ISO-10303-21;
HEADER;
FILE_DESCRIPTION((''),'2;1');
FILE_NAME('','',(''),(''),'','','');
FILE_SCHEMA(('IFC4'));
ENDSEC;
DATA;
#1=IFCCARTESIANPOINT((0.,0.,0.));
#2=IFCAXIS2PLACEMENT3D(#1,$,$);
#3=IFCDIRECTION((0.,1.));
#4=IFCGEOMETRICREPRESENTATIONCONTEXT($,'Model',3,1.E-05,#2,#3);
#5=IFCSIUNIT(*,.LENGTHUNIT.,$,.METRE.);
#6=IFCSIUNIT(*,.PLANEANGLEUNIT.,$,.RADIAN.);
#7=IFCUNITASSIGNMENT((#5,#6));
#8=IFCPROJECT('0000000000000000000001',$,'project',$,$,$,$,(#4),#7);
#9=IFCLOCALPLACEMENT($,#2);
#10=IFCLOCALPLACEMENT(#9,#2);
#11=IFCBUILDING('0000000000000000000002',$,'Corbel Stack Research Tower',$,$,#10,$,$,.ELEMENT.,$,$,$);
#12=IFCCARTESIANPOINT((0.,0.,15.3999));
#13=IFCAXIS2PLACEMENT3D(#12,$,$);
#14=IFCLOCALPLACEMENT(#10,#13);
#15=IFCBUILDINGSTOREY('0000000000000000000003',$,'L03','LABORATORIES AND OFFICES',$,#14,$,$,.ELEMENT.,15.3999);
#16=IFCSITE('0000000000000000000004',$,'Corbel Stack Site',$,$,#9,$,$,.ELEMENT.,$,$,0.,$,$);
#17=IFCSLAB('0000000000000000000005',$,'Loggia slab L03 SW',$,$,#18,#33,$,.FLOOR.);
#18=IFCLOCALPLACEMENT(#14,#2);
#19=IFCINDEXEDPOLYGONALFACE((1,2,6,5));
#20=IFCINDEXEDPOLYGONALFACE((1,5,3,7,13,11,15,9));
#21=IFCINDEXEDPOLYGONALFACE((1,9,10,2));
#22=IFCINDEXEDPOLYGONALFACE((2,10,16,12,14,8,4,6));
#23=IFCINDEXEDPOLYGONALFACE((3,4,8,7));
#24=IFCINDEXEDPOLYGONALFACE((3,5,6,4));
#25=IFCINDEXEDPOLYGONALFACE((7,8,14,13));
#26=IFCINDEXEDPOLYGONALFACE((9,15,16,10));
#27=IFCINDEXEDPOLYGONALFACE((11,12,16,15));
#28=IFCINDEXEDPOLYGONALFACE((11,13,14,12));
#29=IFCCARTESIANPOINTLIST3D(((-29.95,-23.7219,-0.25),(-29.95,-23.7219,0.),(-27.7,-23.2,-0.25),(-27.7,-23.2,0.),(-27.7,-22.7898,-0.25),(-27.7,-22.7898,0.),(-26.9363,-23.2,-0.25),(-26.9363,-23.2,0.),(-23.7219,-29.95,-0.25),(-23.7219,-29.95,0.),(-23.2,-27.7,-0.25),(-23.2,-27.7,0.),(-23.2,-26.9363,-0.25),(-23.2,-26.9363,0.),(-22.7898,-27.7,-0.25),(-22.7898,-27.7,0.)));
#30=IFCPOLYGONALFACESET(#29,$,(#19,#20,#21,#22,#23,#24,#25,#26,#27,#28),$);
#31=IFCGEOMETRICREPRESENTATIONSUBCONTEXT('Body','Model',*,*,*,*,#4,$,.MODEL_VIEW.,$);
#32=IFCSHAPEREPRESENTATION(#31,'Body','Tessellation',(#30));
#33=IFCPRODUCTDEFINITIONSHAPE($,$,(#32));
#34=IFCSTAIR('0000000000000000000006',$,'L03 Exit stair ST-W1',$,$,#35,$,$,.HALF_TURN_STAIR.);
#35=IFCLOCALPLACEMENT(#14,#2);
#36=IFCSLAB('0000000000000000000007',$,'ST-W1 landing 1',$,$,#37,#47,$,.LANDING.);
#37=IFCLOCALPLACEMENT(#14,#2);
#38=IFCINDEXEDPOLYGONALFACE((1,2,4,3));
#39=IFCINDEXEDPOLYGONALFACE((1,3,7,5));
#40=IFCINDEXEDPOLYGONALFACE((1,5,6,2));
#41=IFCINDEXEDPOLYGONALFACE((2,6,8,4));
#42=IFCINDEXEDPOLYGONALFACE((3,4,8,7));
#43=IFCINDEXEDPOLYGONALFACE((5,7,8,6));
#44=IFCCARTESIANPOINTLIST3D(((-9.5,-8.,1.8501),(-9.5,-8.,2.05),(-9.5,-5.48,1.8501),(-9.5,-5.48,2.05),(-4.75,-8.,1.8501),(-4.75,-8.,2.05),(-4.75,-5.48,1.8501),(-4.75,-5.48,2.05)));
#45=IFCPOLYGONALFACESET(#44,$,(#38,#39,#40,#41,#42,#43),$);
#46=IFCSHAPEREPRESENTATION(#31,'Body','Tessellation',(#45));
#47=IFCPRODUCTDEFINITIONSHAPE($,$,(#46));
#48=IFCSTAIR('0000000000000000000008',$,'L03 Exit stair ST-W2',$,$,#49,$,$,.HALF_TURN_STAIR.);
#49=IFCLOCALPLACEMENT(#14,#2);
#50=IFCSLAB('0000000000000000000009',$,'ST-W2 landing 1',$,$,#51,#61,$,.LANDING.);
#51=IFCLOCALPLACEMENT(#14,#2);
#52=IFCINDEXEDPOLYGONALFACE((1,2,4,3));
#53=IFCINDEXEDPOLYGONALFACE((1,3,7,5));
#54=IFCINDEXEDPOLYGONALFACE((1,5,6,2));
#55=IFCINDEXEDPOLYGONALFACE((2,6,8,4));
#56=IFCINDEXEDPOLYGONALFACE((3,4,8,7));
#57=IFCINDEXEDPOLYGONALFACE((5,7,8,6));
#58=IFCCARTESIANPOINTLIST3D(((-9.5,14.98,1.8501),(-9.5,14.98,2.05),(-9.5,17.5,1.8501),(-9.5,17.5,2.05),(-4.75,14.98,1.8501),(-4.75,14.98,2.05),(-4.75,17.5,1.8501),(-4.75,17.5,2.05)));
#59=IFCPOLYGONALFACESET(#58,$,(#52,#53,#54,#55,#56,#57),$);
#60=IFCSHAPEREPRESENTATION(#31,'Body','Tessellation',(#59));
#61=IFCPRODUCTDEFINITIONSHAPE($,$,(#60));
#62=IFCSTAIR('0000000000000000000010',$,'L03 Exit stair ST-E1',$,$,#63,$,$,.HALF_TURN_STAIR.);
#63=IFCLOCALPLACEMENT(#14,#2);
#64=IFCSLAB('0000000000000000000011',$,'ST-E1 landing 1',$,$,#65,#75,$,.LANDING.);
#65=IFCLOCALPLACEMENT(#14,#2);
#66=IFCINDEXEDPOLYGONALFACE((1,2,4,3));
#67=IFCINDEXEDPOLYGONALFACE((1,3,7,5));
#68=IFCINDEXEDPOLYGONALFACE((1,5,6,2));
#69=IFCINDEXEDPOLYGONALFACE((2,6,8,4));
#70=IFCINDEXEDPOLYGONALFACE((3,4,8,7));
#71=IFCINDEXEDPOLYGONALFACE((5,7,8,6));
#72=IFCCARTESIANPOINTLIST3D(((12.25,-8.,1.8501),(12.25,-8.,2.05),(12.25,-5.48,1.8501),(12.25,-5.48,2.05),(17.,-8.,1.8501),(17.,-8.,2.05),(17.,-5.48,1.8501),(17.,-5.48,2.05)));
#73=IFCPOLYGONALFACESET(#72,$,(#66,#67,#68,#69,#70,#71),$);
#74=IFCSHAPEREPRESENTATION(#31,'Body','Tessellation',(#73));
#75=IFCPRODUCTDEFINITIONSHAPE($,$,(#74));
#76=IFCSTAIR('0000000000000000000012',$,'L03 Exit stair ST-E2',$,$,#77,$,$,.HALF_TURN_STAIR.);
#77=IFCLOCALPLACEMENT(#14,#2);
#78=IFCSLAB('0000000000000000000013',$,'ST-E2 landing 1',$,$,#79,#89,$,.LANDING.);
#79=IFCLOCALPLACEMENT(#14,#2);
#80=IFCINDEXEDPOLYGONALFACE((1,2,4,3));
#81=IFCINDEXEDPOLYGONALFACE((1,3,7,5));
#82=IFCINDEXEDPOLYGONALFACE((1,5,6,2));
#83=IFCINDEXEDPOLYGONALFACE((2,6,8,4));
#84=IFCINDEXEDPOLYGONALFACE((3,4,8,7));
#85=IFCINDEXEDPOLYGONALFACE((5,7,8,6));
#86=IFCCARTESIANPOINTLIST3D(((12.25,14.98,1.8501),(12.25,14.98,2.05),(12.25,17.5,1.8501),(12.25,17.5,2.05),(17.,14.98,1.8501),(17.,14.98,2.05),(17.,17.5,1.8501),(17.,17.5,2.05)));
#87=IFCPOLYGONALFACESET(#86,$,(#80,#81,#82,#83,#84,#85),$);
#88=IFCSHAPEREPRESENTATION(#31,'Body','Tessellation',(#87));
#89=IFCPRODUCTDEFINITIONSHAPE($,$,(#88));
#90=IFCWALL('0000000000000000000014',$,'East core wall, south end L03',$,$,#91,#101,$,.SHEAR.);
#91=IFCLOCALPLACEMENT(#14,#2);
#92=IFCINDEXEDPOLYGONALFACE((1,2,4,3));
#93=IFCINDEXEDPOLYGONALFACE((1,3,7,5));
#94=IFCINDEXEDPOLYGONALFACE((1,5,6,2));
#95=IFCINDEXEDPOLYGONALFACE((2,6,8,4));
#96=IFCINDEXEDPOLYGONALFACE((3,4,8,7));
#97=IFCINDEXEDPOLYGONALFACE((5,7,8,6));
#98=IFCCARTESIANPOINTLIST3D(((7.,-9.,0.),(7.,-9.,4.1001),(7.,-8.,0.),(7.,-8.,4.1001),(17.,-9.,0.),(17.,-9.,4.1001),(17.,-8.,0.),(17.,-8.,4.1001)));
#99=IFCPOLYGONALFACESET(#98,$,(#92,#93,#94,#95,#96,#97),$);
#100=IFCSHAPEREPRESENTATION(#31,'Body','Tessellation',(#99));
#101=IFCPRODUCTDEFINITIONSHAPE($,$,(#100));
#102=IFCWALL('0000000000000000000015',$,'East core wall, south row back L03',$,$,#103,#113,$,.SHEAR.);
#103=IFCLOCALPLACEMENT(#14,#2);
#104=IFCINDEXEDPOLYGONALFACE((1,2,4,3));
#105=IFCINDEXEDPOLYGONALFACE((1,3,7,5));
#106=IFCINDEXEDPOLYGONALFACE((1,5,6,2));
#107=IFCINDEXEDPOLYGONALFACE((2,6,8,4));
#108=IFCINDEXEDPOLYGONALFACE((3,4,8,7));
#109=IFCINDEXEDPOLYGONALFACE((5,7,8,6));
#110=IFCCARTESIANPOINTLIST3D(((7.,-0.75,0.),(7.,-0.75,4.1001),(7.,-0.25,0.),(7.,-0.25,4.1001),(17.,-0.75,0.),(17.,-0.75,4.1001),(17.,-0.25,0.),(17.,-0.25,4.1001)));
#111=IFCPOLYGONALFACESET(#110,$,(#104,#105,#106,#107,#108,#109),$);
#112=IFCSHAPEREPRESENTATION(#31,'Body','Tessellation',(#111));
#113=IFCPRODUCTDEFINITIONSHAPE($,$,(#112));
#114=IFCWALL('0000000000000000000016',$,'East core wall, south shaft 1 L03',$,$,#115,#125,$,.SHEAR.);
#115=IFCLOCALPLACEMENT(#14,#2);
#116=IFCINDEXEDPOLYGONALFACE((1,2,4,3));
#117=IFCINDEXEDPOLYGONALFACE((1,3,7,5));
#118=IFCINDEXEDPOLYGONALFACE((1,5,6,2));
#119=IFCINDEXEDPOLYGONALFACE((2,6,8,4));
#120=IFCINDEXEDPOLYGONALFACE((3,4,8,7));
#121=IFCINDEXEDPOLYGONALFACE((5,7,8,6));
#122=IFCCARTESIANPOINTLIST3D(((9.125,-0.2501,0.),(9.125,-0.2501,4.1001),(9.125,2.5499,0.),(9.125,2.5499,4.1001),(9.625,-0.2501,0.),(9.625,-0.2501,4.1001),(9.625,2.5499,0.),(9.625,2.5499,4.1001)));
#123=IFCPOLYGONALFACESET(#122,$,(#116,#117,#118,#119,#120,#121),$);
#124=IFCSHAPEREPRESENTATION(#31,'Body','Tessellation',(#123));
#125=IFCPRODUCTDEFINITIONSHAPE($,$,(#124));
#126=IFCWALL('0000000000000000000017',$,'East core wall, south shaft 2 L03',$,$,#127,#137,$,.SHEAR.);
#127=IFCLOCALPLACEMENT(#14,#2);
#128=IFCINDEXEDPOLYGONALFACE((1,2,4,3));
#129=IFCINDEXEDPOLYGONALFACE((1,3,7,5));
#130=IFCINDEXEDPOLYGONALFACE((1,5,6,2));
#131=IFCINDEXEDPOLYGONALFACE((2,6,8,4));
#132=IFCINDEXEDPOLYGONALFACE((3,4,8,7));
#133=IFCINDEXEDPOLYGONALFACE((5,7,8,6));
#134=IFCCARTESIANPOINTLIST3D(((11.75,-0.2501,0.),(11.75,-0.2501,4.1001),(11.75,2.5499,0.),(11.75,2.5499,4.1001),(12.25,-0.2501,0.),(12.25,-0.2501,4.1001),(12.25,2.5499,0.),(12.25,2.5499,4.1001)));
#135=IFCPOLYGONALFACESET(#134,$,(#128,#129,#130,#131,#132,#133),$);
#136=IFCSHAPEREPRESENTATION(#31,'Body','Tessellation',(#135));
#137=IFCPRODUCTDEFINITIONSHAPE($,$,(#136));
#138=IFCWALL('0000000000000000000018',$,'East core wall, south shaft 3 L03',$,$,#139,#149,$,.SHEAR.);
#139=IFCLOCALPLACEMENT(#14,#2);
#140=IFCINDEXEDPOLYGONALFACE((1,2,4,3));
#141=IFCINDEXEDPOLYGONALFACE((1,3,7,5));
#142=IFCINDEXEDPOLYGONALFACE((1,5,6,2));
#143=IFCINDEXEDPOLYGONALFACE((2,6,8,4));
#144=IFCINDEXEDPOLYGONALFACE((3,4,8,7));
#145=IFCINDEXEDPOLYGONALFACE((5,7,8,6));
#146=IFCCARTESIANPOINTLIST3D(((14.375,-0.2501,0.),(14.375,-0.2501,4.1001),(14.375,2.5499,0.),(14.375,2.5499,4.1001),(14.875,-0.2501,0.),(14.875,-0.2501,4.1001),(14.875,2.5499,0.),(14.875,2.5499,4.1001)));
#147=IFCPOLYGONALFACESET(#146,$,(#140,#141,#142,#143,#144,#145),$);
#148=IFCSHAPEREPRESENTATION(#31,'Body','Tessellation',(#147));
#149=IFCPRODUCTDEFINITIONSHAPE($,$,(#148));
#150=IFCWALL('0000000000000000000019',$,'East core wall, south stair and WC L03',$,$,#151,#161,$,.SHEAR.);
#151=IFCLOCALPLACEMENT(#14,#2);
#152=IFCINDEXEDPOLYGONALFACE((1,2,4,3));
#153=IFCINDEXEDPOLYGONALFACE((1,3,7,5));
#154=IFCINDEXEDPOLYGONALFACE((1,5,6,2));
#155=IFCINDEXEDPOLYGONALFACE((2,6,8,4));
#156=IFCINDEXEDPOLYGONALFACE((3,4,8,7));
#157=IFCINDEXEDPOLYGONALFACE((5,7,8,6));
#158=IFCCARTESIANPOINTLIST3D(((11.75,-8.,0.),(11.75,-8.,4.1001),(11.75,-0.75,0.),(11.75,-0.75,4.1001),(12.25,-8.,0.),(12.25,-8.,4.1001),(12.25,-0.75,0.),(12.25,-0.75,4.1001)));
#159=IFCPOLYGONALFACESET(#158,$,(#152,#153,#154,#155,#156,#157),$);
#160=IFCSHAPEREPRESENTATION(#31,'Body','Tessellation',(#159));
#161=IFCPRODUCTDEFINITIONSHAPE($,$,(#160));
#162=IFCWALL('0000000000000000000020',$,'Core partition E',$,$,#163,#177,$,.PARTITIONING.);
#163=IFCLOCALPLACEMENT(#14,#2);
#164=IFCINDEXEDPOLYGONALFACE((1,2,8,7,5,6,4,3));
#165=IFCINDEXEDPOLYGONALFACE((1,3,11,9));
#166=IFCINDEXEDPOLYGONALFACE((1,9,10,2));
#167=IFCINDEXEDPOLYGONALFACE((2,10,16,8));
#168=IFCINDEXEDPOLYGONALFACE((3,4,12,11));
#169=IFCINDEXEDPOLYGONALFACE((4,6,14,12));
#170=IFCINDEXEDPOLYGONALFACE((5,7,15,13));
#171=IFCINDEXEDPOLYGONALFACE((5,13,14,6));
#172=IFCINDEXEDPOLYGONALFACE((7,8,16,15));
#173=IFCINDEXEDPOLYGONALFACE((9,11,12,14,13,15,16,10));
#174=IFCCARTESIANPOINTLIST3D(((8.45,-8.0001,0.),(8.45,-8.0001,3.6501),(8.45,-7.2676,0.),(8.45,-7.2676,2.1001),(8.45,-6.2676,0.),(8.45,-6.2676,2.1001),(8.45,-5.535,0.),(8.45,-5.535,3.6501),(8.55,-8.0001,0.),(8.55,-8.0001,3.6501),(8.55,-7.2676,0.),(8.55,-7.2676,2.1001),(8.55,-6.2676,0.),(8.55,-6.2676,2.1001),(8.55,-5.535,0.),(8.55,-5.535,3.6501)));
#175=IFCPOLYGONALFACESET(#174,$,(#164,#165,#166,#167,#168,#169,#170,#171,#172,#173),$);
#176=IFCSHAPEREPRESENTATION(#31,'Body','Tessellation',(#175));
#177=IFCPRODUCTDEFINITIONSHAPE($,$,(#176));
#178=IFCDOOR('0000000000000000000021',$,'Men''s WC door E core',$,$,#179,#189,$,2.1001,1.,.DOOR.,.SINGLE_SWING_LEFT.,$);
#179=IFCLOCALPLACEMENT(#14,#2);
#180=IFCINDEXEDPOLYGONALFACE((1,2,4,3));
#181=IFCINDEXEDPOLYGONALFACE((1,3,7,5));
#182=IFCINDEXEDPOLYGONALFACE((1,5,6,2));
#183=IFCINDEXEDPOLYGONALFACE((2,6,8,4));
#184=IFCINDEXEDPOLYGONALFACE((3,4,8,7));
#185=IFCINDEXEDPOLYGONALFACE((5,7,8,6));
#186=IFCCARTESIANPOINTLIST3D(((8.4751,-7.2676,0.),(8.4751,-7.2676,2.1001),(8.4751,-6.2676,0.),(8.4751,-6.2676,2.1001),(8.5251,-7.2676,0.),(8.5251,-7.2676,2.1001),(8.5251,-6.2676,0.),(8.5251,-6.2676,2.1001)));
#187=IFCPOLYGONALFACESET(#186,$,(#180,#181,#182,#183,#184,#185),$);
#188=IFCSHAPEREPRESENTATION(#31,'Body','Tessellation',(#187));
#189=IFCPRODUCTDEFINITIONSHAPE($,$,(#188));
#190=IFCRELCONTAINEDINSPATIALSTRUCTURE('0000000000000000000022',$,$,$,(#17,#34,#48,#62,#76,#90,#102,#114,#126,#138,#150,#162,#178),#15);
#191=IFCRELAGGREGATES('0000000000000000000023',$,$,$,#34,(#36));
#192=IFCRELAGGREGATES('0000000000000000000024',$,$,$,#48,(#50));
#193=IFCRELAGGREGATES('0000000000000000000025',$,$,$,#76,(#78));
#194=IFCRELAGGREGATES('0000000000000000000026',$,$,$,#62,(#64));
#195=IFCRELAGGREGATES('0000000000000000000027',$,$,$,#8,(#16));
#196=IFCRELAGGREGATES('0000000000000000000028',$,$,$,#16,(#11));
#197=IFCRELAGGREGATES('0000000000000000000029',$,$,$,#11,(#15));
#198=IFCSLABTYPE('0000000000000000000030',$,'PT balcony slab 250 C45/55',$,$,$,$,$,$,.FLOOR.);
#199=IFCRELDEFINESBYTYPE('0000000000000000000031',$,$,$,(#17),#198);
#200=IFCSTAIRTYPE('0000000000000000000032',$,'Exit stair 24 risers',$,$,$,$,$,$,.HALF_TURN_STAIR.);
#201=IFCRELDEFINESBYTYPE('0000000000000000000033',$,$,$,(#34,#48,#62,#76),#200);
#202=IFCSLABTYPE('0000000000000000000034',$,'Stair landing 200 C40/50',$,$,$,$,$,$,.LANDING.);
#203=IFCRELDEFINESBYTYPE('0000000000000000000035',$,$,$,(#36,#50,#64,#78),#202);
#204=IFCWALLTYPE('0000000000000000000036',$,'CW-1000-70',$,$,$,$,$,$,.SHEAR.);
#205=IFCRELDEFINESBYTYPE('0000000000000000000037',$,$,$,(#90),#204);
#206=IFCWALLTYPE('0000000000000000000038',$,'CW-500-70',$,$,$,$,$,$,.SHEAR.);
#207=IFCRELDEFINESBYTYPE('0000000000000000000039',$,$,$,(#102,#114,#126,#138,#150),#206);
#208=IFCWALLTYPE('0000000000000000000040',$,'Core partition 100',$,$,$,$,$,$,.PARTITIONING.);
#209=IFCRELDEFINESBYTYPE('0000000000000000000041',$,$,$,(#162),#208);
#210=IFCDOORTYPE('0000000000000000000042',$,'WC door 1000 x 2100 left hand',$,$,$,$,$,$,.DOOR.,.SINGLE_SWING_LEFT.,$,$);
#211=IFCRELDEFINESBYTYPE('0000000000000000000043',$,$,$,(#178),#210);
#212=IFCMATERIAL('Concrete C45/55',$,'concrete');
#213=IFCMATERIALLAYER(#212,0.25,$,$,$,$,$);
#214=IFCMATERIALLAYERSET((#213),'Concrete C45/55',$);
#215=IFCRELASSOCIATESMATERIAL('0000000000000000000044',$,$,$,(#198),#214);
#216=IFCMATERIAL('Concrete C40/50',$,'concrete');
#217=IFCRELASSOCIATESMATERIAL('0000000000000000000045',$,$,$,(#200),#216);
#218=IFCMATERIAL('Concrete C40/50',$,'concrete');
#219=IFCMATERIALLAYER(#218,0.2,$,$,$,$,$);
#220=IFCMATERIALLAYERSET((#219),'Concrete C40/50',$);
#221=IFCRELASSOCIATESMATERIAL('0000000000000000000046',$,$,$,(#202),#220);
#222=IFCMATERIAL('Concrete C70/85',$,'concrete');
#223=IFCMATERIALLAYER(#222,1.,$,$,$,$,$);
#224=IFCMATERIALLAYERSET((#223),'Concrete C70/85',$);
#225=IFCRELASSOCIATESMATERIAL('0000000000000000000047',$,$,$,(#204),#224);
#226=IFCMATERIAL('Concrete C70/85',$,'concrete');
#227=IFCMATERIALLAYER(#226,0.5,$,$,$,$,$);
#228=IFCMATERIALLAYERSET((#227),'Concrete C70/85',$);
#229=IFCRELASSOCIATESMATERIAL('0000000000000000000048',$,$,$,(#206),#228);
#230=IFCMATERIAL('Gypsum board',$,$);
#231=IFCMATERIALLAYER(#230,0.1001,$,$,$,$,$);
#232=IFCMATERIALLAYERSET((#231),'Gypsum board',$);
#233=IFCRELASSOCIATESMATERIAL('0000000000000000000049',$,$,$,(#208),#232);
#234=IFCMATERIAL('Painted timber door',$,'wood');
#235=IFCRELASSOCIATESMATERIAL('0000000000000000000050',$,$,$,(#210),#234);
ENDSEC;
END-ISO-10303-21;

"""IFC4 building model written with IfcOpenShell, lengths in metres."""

from ifc_helpers import new_model, si_unit, direction, frame, frame_2d, origin, place, context, subcontext, project, spatial, polyline, rectangle, outline, extrude, material, layer, layer_set, type_object, element, fill, aggregate, save


model = new_model("IFC4")

# Units and contexts
model_context = context("Model", 3, precision=1e-05, world=origin(), true_north=direction((0.0, 1.0)))
body_context = subcontext(model_context, "Body", "Model", "MODEL_VIEW")
ifc_project = project(units=[si_unit("LENGTHUNIT", "METRE"), si_unit("PLANEANGLEUNIT", "RADIAN")], contexts=[model_context])

# Site, building, storey
site_placement = place(None, origin())
site = spatial("IfcSite", under=ifc_project, at=site_placement, Name="Corbel Stack Site", CompositionType="ELEMENT", RefElevation=0.0)
building_placement = place(site_placement, origin())
building = spatial("IfcBuilding", under=site, at=building_placement, Name="Corbel Stack Research Tower", CompositionType="ELEMENT")
storey_placement = place(building_placement, frame((0.0, 0.0, 15.3999)))
storey = spatial("IfcBuildingStorey", under=building, at=storey_placement, Name="L03", Description="LABORATORIES AND OFFICES", CompositionType="ELEMENT", Elevation=15.3999)

# Slab
ifc_material_1 = material(Name="Concrete C45/55", Category="concrete")
ifc_layer_1 = layer(ifc_material_1, 0.25)
ifc_layer_set_1 = layer_set([ifc_layer_1], Name="Concrete C45/55")
slab_type_1 = type_object("IfcSlabType", Name="PT balcony slab 250 C45/55", PredefinedType="FLOOR", material=ifc_layer_set_1)
slab_1_placement = place(storey_placement, frame((0.0, 0.0, -0.25)))
element("IfcSlab", 1, at=slab_1_placement, inside=storey, type_object=slab_type_1, Name="Loggia slab L03 SW", PredefinedType="FLOOR", context=body_context, shape_type="SweptSolid", body=[
    extrude(outline(polyline([(-22.7898, -27.7), (-23.2, -27.7), (-23.2, -26.9363), (-26.9363, -23.2), (-27.7, -23.2), (-27.7, -22.7898), (-29.95, -23.7219), (-23.7219, -29.95), (-22.7898, -27.7)])), origin(), (0.0, 0.0, 1.0), 0.25),
])

# Stairs, slabs
ifc_material_2 = material(Name="Concrete C40/50", Category="concrete")
stair_type = type_object("IfcStairType", Name="Exit stair 24 risers", PredefinedType="HALF_TURN_STAIR", material=ifc_material_2)
stair_1_placement = place(storey_placement, origin())
stair_1 = element("IfcStair", 2, at=stair_1_placement, inside=storey, type_object=stair_type, Name="L03 Exit stair ST-W1", PredefinedType="HALF_TURN_STAIR")
ifc_material_3 = material(Name="Concrete C40/50", Category="concrete")
ifc_layer_2 = layer(ifc_material_3, 0.2)
ifc_layer_set_2 = layer_set([ifc_layer_2], Name="Concrete C40/50")
slab_type_2 = type_object("IfcSlabType", Name="Stair landing 200 C40/50", PredefinedType="LANDING", material=ifc_layer_set_2)
slab_2_placement = place(storey_placement, frame((0.0, 0.0, 1.8501)))
slab_2 = element("IfcSlab", 3, at=slab_2_placement, type_object=slab_type_2, Name="ST-W1 landing 1", PredefinedType="LANDING", context=body_context, shape_type="SweptSolid", body=[
    extrude(outline(polyline([(-9.5, -8.0), (-9.5, -5.48), (-4.75, -5.48), (-4.75, -8.0), (-9.5, -8.0)])), origin(), (0.0, 0.0, 1.0), 0.2),
])
aggregate(stair_1, [slab_2])
stair_2_placement = place(storey_placement, origin())
stair_2 = element("IfcStair", 4, at=stair_2_placement, inside=storey, type_object=stair_type, Name="L03 Exit stair ST-W2", PredefinedType="HALF_TURN_STAIR")
slab_3_placement = place(storey_placement, frame((0.0, 0.0, 1.8501)))
slab_3 = element("IfcSlab", 5, at=slab_3_placement, type_object=slab_type_2, Name="ST-W2 landing 1", PredefinedType="LANDING", context=body_context, shape_type="SweptSolid", body=[
    extrude(outline(polyline([(-9.5, 14.98), (-9.5, 17.5), (-4.75, 17.5), (-4.75, 14.98), (-9.5, 14.98)])), origin(), (0.0, 0.0, 1.0), 0.2),
])
aggregate(stair_2, [slab_3])
stair_3_placement = place(storey_placement, origin())
stair_3 = element("IfcStair", 6, at=stair_3_placement, inside=storey, type_object=stair_type, Name="L03 Exit stair ST-E1", PredefinedType="HALF_TURN_STAIR")
slab_4_placement = place(storey_placement, frame((0.0, 0.0, 1.8501)))
slab_4 = element("IfcSlab", 7, at=slab_4_placement, type_object=slab_type_2, Name="ST-E1 landing 1", PredefinedType="LANDING", context=body_context, shape_type="SweptSolid", body=[
    extrude(outline(polyline([(12.25, -8.0), (12.25, -5.48), (17.0, -5.48), (17.0, -8.0), (12.25, -8.0)])), origin(), (0.0, 0.0, 1.0), 0.2),
])
stair_4_placement = place(storey_placement, origin())
stair_4 = element("IfcStair", 8, at=stair_4_placement, inside=storey, type_object=stair_type, Name="L03 Exit stair ST-E2", PredefinedType="HALF_TURN_STAIR")
slab_5_placement = place(storey_placement, frame((0.0, 0.0, 1.8501)))
slab_5 = element("IfcSlab", 9, at=slab_5_placement, type_object=slab_type_2, Name="ST-E2 landing 1", PredefinedType="LANDING", context=body_context, shape_type="SweptSolid", body=[
    extrude(outline(polyline([(12.25, 14.98), (12.25, 17.5), (17.0, 17.5), (17.0, 14.98), (12.25, 14.98)])), origin(), (0.0, 0.0, 1.0), 0.2),
])
aggregate(stair_4, [slab_5])

# Walls
ifc_material_4 = material(Name="Concrete C70/85", Category="concrete")
ifc_layer_3 = layer(ifc_material_4, 1.0)
ifc_layer_set_3 = layer_set([ifc_layer_3], Name="Concrete C70/85")
wall_type_1 = type_object("IfcWallType", Name="CW-1000-70", PredefinedType="SHEAR", material=ifc_layer_set_3)
wall_1_placement = place(storey_placement, frame((7.0, -8.5, 0.0), z_axis=(0.0, 0.0, 1.0), x_axis=(1.0, 0.0, 0.0)))
element("IfcWall", 10, at=wall_1_placement, inside=storey, type_object=wall_type_1, Name="East core wall, south end L03", PredefinedType="SHEAR", context=body_context, shape_type="SweptSolid", body=[
    extrude(rectangle(XDim=10.0, YDim=1.0, at=frame_2d((5.0, 0.0))), origin(), (0.0, 0.0, 1.0), 4.1001),
])
ifc_material_5 = material(Name="Concrete C70/85", Category="concrete")
ifc_layer_4 = layer(ifc_material_5, 0.5)
ifc_layer_set_4 = layer_set([ifc_layer_4], Name="Concrete C70/85")
wall_type_2 = type_object("IfcWallType", Name="CW-500-70", PredefinedType="SHEAR", material=ifc_layer_set_4)
wall_2_placement = place(storey_placement, frame((7.0, -0.5, 0.0), z_axis=(0.0, 0.0, 1.0), x_axis=(1.0, 0.0, 0.0)))
element("IfcWall", 11, at=wall_2_placement, inside=storey, type_object=wall_type_2, Name="East core wall, south row back L03", PredefinedType="SHEAR", context=body_context, shape_type="SweptSolid", body=[
    extrude(rectangle(XDim=10.0, YDim=0.5, at=frame_2d((5.0, 0.0))), origin(), (0.0, 0.0, 1.0), 4.1001),
])
for number, where, z_axis, x_axis, name in (
    (12, (9.375, -0.25, 0.0), (0.0, 0.0, 1.0), (0.0, 1.0, 0.0), "East core wall, south shaft 1 L03"),
    (13, (12.0, -0.25, 0.0), (0.0, 0.0, 1.0), (0.0, 1.0, 0.0), "East core wall, south shaft 2 L03"),
    (14, (14.625, -0.25, 0.0), (0.0, 0.0, 1.0), (0.0, 1.0, 0.0), "East core wall, south shaft 3 L03"),
):
    element("IfcWall", number, at=place(storey_placement, frame(where, z_axis=z_axis, x_axis=x_axis)), inside=storey, type_object=wall_type_2, Name=name, PredefinedType="SHEAR", context=body_context, shape_type="SweptSolid", body=[
        extrude(rectangle(XDim=2.8, YDim=0.5, at=frame_2d((1.3999, 0.0))), origin(), (0.0, 0.0, 1.0), 4.1001),
    ])
wall_3_placement = place(storey_placement, frame((12.0, -8.0, 0.0), z_axis=(0.0, 0.0, 1.0), x_axis=(0.0, 1.0, 0.0)))
element("IfcWall", 15, at=wall_3_placement, inside=storey, type_object=wall_type_2, Name="East core wall, south stair and WC L03", PredefinedType="SHEAR", context=body_context, shape_type="SweptSolid", body=[
    extrude(rectangle(XDim=7.25, YDim=0.5, at=frame_2d((3.625, 0.0))), origin(), (0.0, 0.0, 1.0), 4.1001),
])

# Wall, opening, door
ifc_material_6 = material(Name="Gypsum board")
ifc_layer_5 = layer(ifc_material_6, 0.1001)
ifc_layer_set_5 = layer_set([ifc_layer_5], Name="Gypsum board")
wall_type_3 = type_object("IfcWallType", Name="Core partition 100", PredefinedType="PARTITIONING", material=ifc_layer_set_5)
wall_4_placement = place(storey_placement, frame((8.5, -8.0, 0.0), z_axis=(0.0, 0.0, 1.0), x_axis=(0.0, 1.0, 0.0)))
wall_4 = element("IfcWall", 16, at=wall_4_placement, inside=storey, type_object=wall_type_3, Name="Core partition E", PredefinedType="PARTITIONING", context=body_context, shape_type="SweptSolid", body=[
    extrude(rectangle(XDim=2.4651, YDim=0.1001, at=frame_2d((1.2324, 0.0))), origin(), (0.0, 0.0, 1.0), 3.6501),
])
opening_1_placement = place(wall_4_placement, frame((0.7324, 0.0, 0.0)))
opening_1 = element("IfcOpeningElement", 17, at=opening_1_placement, cuts=wall_4, PredefinedType="OPENING", context=body_context, shape_type="SweptSolid", body=[
    extrude(rectangle(XDim=1.0, YDim=2.1001, at=frame_2d((0.5, 1.05))), frame((0.0, 0.0601, 0.0), z_axis=(0.0, -1.0, 0.0), x_axis=(1.0, 0.0, 0.0)), (0.0, 0.0, 1.0), 0.1201),
])
ifc_material_7 = material(Name="Painted timber door", Category="wood")
door_type_1 = type_object("IfcDoorType", Name="WC door 1000 x 2100 left hand", OperationType="SINGLE_SWING_LEFT", PredefinedType="DOOR", material=ifc_material_7)
door_1_placement = place(opening_1_placement, origin())
door_1 = element("IfcDoor", 18, at=door_1_placement, inside=storey, type_object=door_type_1, Name="Men's WC door E core", OperationType="SINGLE_SWING_LEFT", OverallHeight=2.1001, OverallWidth=1.0, PredefinedType="DOOR", context=body_context, shape_type="SweptSolid", body=[
    extrude(rectangle(XDim=1.0, YDim=2.1001, at=frame_2d((0.5, 1.05))), frame((0.0, 0.0249, 0.0), z_axis=(0.0, -1.0, 0.0), x_axis=(1.0, 0.0, 0.0)), (0.0, 0.0, 1.0), 0.05),
])
fill(opening_1, door_1)

aggregate(stair_3, [slab_4])

save(model, "model.ifc")
